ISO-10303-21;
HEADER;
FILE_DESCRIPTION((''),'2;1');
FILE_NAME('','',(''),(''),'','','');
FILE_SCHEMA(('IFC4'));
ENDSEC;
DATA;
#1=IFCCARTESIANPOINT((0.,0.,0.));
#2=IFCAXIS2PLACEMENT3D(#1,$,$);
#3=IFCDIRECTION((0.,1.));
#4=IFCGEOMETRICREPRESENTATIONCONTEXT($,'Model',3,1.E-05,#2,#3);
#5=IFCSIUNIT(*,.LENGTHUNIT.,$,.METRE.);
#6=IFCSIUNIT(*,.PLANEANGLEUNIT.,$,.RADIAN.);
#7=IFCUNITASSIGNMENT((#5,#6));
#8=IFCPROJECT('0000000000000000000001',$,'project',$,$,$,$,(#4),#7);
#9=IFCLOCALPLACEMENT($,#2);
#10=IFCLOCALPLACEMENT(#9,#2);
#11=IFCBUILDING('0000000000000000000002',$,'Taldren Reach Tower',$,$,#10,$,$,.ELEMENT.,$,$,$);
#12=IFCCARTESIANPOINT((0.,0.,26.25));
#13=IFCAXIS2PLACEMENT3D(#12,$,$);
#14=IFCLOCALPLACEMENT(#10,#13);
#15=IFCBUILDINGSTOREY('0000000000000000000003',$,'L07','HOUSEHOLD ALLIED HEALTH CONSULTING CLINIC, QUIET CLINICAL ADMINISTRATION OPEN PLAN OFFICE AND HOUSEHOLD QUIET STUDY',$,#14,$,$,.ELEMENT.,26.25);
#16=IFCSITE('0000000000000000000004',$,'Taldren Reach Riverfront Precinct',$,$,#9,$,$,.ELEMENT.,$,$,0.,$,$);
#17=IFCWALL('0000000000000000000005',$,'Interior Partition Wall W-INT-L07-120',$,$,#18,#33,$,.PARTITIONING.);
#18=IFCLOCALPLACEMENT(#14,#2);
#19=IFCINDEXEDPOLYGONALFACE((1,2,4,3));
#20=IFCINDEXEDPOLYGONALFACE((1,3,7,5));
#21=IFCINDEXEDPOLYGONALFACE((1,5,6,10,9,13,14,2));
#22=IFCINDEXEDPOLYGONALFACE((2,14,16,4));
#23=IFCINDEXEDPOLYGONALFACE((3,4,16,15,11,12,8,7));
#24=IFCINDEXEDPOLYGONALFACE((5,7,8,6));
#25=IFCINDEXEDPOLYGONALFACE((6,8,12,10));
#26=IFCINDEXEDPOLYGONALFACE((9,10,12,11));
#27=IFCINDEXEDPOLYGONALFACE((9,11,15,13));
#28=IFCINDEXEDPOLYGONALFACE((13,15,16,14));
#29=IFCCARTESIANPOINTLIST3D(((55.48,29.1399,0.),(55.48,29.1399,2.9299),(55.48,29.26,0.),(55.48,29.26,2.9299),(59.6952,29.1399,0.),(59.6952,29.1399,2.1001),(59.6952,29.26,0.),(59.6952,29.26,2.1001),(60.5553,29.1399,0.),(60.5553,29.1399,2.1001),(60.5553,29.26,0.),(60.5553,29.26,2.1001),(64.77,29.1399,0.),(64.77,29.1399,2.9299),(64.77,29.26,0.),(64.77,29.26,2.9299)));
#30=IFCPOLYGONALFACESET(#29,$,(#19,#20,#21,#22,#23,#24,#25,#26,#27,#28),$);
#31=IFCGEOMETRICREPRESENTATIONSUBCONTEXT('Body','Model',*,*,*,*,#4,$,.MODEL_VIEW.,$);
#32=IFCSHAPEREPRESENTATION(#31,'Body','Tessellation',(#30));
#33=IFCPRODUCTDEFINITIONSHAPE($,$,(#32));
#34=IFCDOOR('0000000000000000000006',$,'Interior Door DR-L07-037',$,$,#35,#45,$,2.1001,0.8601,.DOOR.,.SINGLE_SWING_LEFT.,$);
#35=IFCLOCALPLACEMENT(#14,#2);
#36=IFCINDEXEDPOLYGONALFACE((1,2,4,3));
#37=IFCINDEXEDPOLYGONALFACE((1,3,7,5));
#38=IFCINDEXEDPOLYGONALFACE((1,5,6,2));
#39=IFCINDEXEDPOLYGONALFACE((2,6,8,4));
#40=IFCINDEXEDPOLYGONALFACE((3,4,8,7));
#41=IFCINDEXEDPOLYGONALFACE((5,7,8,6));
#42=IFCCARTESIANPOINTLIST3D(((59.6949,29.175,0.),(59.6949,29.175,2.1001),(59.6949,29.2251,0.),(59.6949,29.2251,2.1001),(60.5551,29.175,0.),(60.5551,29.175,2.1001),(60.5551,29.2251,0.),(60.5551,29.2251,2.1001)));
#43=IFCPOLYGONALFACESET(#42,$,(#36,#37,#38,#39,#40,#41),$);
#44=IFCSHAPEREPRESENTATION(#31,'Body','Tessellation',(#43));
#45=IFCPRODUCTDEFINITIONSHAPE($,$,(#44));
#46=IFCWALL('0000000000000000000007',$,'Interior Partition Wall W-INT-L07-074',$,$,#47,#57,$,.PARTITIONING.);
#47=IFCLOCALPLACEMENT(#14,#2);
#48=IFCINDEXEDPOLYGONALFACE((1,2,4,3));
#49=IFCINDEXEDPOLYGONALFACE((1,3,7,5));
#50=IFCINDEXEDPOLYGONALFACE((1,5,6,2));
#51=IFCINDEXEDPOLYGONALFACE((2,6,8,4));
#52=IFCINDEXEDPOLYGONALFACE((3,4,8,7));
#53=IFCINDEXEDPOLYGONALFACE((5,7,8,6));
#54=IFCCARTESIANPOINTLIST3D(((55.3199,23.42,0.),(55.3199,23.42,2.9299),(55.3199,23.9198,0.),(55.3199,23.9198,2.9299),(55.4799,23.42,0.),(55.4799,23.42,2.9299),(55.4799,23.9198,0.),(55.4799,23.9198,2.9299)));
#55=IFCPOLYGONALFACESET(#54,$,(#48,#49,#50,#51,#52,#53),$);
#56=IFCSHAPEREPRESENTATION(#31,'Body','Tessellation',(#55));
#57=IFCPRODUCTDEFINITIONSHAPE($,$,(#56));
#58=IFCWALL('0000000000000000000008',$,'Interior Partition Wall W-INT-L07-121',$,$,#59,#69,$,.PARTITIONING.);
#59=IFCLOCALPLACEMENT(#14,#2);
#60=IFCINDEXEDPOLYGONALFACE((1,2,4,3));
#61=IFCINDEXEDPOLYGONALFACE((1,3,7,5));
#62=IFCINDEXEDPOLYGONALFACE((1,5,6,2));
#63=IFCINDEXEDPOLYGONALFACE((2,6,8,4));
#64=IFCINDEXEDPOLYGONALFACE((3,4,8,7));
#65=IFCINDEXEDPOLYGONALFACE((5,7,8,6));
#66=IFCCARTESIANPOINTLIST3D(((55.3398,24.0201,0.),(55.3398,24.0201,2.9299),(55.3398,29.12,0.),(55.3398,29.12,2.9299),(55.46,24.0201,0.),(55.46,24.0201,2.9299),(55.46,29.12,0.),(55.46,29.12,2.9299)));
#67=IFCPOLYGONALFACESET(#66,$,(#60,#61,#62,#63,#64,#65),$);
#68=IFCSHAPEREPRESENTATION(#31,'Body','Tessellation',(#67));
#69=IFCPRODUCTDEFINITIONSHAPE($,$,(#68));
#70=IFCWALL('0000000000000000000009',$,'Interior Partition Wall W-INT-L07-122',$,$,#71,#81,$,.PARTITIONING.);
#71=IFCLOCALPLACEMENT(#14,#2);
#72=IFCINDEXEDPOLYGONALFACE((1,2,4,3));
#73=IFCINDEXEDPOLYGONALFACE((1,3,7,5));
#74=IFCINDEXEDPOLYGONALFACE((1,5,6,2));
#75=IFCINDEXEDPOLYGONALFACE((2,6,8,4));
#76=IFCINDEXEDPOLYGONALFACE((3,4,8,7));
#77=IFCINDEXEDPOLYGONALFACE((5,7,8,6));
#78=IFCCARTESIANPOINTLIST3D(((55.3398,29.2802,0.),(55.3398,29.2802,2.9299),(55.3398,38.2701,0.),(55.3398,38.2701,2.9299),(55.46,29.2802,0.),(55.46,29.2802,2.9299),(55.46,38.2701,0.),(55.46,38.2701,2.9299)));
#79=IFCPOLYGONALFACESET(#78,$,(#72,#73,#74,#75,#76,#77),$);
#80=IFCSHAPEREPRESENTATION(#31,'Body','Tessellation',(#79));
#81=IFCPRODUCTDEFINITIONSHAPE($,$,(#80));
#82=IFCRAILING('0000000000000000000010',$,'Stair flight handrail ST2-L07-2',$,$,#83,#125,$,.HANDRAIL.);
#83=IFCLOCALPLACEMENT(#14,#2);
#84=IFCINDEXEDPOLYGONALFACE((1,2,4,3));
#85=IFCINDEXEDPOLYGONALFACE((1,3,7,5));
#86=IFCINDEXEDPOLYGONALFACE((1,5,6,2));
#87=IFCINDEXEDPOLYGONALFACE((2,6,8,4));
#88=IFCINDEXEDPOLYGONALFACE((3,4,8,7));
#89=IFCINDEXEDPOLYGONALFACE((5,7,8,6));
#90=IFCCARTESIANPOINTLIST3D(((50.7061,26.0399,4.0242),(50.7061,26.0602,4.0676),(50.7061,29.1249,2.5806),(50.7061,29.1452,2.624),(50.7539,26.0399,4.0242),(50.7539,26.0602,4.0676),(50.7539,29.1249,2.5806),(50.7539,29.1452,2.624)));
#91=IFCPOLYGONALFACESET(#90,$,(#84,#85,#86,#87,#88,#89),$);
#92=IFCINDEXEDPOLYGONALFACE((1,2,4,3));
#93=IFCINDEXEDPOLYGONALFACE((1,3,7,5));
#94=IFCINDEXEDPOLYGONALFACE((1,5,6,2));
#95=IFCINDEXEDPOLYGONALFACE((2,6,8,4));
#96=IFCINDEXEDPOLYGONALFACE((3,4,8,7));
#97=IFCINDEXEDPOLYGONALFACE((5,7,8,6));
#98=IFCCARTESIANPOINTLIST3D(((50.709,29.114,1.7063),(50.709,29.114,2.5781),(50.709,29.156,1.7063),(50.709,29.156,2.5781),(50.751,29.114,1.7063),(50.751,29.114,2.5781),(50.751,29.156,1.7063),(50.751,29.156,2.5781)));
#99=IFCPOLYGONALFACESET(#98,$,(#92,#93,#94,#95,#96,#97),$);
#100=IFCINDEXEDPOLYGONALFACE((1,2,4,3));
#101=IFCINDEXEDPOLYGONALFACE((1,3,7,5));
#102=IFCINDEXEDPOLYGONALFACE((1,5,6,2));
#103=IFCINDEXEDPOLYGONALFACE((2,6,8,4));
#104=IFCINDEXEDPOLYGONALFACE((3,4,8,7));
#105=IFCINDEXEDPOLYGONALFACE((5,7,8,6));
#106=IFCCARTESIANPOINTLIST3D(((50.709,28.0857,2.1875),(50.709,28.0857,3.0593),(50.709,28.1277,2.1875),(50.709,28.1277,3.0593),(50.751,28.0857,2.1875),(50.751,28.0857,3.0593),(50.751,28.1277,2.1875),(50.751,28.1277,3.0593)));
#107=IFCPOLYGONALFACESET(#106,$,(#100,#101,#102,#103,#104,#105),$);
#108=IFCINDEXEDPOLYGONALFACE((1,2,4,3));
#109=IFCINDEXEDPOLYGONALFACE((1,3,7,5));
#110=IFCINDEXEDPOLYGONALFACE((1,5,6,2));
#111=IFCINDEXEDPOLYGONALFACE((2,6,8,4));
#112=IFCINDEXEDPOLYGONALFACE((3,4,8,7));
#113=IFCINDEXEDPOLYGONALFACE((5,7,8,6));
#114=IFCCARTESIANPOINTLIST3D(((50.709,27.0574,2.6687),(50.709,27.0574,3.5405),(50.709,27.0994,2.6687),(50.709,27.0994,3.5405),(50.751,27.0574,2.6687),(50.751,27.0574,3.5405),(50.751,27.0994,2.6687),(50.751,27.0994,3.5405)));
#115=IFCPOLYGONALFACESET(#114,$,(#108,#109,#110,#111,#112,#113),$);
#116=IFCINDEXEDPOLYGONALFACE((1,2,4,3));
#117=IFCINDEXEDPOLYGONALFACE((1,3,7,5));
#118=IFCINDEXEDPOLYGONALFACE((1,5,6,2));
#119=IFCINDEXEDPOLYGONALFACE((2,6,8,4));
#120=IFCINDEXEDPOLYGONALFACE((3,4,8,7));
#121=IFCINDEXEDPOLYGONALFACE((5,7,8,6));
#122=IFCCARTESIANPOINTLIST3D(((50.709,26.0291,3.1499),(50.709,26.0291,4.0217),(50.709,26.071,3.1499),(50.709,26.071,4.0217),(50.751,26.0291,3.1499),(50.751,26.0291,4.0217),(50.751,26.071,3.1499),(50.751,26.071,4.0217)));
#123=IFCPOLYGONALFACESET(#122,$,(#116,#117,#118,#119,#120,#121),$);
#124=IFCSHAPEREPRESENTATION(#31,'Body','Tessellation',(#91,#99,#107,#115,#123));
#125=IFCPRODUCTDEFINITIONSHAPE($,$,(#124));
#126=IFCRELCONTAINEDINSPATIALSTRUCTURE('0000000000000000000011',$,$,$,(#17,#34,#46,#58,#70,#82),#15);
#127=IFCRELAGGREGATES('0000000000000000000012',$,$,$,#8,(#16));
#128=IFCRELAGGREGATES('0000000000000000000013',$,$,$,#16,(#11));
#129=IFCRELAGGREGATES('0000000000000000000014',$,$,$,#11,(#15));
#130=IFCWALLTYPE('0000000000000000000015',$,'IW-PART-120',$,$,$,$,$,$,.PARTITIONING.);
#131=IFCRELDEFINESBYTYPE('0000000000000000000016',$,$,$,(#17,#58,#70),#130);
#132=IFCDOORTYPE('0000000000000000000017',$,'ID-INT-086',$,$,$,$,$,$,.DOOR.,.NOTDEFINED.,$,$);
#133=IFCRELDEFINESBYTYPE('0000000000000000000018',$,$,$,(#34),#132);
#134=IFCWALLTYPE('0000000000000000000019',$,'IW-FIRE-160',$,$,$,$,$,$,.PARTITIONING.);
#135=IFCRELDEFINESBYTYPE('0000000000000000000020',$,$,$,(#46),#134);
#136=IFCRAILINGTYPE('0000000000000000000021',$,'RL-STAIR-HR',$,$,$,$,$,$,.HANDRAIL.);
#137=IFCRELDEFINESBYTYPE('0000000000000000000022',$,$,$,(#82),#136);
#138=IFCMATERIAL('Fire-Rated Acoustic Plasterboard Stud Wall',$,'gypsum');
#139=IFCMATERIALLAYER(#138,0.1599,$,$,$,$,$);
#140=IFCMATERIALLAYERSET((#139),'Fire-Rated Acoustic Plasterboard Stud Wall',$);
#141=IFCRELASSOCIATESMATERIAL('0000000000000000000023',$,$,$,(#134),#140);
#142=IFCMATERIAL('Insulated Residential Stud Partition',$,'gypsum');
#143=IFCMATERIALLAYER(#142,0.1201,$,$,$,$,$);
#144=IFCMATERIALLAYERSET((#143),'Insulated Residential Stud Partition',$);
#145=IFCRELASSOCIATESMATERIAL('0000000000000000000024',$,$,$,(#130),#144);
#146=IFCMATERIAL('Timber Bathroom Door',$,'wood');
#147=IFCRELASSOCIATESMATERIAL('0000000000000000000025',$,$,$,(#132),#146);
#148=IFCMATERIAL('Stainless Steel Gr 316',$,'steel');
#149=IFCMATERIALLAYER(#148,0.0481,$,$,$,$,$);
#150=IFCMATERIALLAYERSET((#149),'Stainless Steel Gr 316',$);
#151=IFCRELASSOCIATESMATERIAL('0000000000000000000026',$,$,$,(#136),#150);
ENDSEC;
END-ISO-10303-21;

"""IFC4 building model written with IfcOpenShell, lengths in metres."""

from ifc_helpers import new_model, si_unit, direction, frame, frame_2d, origin, origin_2d, place, context, subcontext, project, spatial, rectangle, extrude, source, transform, mapped, material, layer, layer_set, type_object, element, fill, save


model = new_model("IFC4")

# Units and contexts
model_context = context("Model", 3, precision=1e-05, world=origin(), true_north=direction((0.0, 1.0)))
body_context = subcontext(model_context, "Body", "Model", "MODEL_VIEW")
ifc_project = project(units=[si_unit("LENGTHUNIT", "METRE"), si_unit("PLANEANGLEUNIT", "RADIAN")], contexts=[model_context])

# Site, building, storey
site_placement = place(None, origin())
site = spatial("IfcSite", under=ifc_project, at=site_placement, Name="Taldren Reach Riverfront Precinct", CompositionType="ELEMENT", RefElevation=0.0)
building_placement = place(site_placement, origin())
building = spatial("IfcBuilding", under=site, at=building_placement, Name="Taldren Reach Tower", CompositionType="ELEMENT")
storey_placement = place(building_placement, frame((0.0, 0.0, 26.25)))
storey = spatial("IfcBuildingStorey", under=building, at=storey_placement, Name="L07", Description="HOUSEHOLD ALLIED HEALTH CONSULTING CLINIC, QUIET CLINICAL ADMINISTRATION OPEN PLAN OFFICE AND HOUSEHOLD QUIET STUDY", CompositionType="ELEMENT", Elevation=26.25)

# Shared definitions
ifc_material_1 = material(Name="Fire-Rated Acoustic Plasterboard Stud Wall", Category="gypsum")
ifc_layer_1 = layer(ifc_material_1, 0.1599)
ifc_layer_set_1 = layer_set([ifc_layer_1], Name="Fire-Rated Acoustic Plasterboard Stud Wall")
wall_type_1 = type_object("IfcWallType", Name="IW-FIRE-160", PredefinedType="PARTITIONING", material=ifc_layer_set_1)

# Wall, opening, door
ifc_material_2 = material(Name="Insulated Residential Stud Partition", Category="gypsum")
ifc_layer_2 = layer(ifc_material_2, 0.1201)
ifc_layer_set_2 = layer_set([ifc_layer_2], Name="Insulated Residential Stud Partition")
wall_type_2 = type_object("IfcWallType", Name="IW-PART-120", PredefinedType="PARTITIONING", material=ifc_layer_set_2)
shared_shape_1 = source(origin(), body_context, "Body", "SweptSolid", [
    extrude(rectangle(XDim=9.29, YDim=0.1201, at=frame_2d((4.645, 0.0))), origin(), (0.0, 0.0, 1.0), 2.9299),
])
shared_shape_2 = source(origin(), body_context, "Body", "SweptSolid", [
    extrude(rectangle(XDim=0.8601, YDim=2.1001, at=frame_2d((0.4302, 1.05))), frame((0.0, 0.0701, 0.0), z_axis=(0.0, -1.0, 0.0), x_axis=(1.0, 0.0, 0.0)), (0.0, 0.0, 1.0), 0.1401),
])
ifc_material_3 = material(Name="Timber Bathroom Door", Category="wood")
door_type = type_object("IfcDoorType", Name="ID-INT-086", OperationType="NOTDEFINED", PredefinedType="DOOR", material=ifc_material_3)
shared_shape_3 = source(origin(), body_context, "Body", "SweptSolid", [
    extrude(rectangle(XDim=0.8601, YDim=2.1001, at=frame_2d((0.4302, 1.05))), frame((0.0, 0.0249, 0.0), z_axis=(0.0, -1.0, 0.0), x_axis=(1.0, 0.0, 0.0)), (0.0, 0.0, 1.0), 0.05),
])
wall_1_placement = place(storey_placement, frame((55.48, 29.2, 0.0), z_axis=(0.0, 0.0, 1.0), x_axis=(1.0, 0.0, 0.0)))
wall_1 = element("IfcWall", 1, at=wall_1_placement, inside=storey, type_object=wall_type_2, Name="Interior Partition Wall W-INT-L07-120", PredefinedType="PARTITIONING", context=body_context, shape_type="MappedRepresentation", body=[
    mapped(shared_shape_1, transform((0.0, 0.0, 0.0), scale=1.0)),
])
opening_1_placement = place(wall_1_placement, frame((4.2151, 0.0, 0.0)))
opening_1 = element("IfcOpeningElement", 2, at=opening_1_placement, cuts=wall_1, PredefinedType="OPENING", context=body_context, shape_type="MappedRepresentation", body=[
    mapped(shared_shape_2, transform((0.0, 0.0, 0.0), scale=1.0)),
])
door_1_placement = place(opening_1_placement, frame((0.8601, 0.0, 0.0), z_axis=(0.0, 0.0, 1.0), x_axis=(-1.0, 0.0, 0.0)))
door_1 = element("IfcDoor", 3, at=door_1_placement, inside=storey, type_object=door_type, Name="Interior Door DR-L07-037", OperationType="SINGLE_SWING_LEFT", OverallHeight=2.1001, OverallWidth=0.8601, PredefinedType="DOOR", context=body_context, shape_type="MappedRepresentation", body=[
    mapped(shared_shape_3, transform((0.0, 0.0, 0.0), scale=1.0)),
])
fill(opening_1, door_1)

# Walls
shared_shape_4 = source(origin(), body_context, "Body", "SweptSolid", [
    extrude(rectangle(XDim=0.4998, YDim=0.1599, at=frame_2d((0.25, 0.0))), origin(), (0.0, 0.0, 1.0), 2.9299),
])
wall_2_placement = place(storey_placement, frame((55.3999, 23.9199, 0.0), z_axis=(0.0, 0.0, 1.0), x_axis=(0.0, -1.0, 0.0)))
element("IfcWall", 4, at=wall_2_placement, inside=storey, type_object=wall_type_1, Name="Interior Partition Wall W-INT-L07-074", PredefinedType="PARTITIONING", context=body_context, shape_type="MappedRepresentation", body=[
    mapped(shared_shape_4, transform((0.0, 0.0, 0.0), scale=1.0)),
])
shared_shape_5 = source(origin(), body_context, "Body", "SweptSolid", [
    extrude(rectangle(XDim=5.0999, YDim=0.1201, at=frame_2d((2.5498, 0.0))), origin(), (0.0, 0.0, 1.0), 2.9299),
])
wall_3_placement = place(storey_placement, frame((55.3999, 24.0203, 0.0), z_axis=(0.0, 0.0, 1.0), x_axis=(0.0, 1.0, 0.0)))
element("IfcWall", 5, at=wall_3_placement, inside=storey, type_object=wall_type_2, Name="Interior Partition Wall W-INT-L07-121", PredefinedType="PARTITIONING", context=body_context, shape_type="MappedRepresentation", body=[
    mapped(shared_shape_5, transform((0.0, 0.0, 0.0), scale=1.0)),
])
shared_shape_6 = source(origin(), body_context, "Body", "SweptSolid", [
    extrude(rectangle(XDim=8.99, YDim=0.1201, at=frame_2d((4.4951, 0.0))), origin(), (0.0, 0.0, 1.0), 2.9299),
])
wall_4_placement = place(storey_placement, frame((55.3999, 29.28, 0.0), z_axis=(0.0, 0.0, 1.0), x_axis=(0.0, 1.0, 0.0)))
element("IfcWall", 6, at=wall_4_placement, inside=storey, type_object=wall_type_2, Name="Interior Partition Wall W-INT-L07-122", PredefinedType="PARTITIONING", context=body_context, shape_type="MappedRepresentation", body=[
    mapped(shared_shape_6, transform((0.0, 0.0, 0.0), scale=1.0)),
])

# Railing
ifc_material_4 = material(Name="Stainless Steel Gr 316", Category="steel")
ifc_layer_3 = layer(ifc_material_4, 0.0481)
ifc_layer_set_3 = layer_set([ifc_layer_3], Name="Stainless Steel Gr 316")
railing_type = type_object("IfcRailingType", Name="RL-STAIR-HR", PredefinedType="HANDRAIL", material=ifc_layer_set_3)
railing_placement = place(storey_placement, frame((50.73, 29.135, 1.7063)))
element("IfcRailing", 7, at=railing_placement, inside=storey, type_object=railing_type, Name="Stair flight handrail ST2-L07-2", PredefinedType="HANDRAIL", context=body_context, shape_type="SweptSolid", body=[
    extrude(rectangle(XDim=0.0479, YDim=0.0479, at=origin_2d()), frame((0.0, 0.0, 0.896), z_axis=(0.0, -0.905738, 0.423839), x_axis=(1.0, 0.0, 0.0)), (0.0, 0.0, 1.0), 3.406),
    extrude(rectangle(XDim=0.042, YDim=0.042, at=origin_2d()), origin(), (0.0, 0.0, 1.0), 0.8718),
    extrude(rectangle(XDim=0.042, YDim=0.042, at=origin_2d()), frame((0.0, -1.0283, 0.4812)), (0.0, 0.0, 1.0), 0.8718),
    extrude(rectangle(XDim=0.042, YDim=0.042, at=origin_2d()), frame((0.0, -2.0566, 0.9624)), (0.0, 0.0, 1.0), 0.8718),
    extrude(rectangle(XDim=0.042, YDim=0.042, at=origin_2d()), frame((0.0, -3.085, 1.4436)), (0.0, 0.0, 1.0), 0.8718),
])

save(model, "model.ifc")
